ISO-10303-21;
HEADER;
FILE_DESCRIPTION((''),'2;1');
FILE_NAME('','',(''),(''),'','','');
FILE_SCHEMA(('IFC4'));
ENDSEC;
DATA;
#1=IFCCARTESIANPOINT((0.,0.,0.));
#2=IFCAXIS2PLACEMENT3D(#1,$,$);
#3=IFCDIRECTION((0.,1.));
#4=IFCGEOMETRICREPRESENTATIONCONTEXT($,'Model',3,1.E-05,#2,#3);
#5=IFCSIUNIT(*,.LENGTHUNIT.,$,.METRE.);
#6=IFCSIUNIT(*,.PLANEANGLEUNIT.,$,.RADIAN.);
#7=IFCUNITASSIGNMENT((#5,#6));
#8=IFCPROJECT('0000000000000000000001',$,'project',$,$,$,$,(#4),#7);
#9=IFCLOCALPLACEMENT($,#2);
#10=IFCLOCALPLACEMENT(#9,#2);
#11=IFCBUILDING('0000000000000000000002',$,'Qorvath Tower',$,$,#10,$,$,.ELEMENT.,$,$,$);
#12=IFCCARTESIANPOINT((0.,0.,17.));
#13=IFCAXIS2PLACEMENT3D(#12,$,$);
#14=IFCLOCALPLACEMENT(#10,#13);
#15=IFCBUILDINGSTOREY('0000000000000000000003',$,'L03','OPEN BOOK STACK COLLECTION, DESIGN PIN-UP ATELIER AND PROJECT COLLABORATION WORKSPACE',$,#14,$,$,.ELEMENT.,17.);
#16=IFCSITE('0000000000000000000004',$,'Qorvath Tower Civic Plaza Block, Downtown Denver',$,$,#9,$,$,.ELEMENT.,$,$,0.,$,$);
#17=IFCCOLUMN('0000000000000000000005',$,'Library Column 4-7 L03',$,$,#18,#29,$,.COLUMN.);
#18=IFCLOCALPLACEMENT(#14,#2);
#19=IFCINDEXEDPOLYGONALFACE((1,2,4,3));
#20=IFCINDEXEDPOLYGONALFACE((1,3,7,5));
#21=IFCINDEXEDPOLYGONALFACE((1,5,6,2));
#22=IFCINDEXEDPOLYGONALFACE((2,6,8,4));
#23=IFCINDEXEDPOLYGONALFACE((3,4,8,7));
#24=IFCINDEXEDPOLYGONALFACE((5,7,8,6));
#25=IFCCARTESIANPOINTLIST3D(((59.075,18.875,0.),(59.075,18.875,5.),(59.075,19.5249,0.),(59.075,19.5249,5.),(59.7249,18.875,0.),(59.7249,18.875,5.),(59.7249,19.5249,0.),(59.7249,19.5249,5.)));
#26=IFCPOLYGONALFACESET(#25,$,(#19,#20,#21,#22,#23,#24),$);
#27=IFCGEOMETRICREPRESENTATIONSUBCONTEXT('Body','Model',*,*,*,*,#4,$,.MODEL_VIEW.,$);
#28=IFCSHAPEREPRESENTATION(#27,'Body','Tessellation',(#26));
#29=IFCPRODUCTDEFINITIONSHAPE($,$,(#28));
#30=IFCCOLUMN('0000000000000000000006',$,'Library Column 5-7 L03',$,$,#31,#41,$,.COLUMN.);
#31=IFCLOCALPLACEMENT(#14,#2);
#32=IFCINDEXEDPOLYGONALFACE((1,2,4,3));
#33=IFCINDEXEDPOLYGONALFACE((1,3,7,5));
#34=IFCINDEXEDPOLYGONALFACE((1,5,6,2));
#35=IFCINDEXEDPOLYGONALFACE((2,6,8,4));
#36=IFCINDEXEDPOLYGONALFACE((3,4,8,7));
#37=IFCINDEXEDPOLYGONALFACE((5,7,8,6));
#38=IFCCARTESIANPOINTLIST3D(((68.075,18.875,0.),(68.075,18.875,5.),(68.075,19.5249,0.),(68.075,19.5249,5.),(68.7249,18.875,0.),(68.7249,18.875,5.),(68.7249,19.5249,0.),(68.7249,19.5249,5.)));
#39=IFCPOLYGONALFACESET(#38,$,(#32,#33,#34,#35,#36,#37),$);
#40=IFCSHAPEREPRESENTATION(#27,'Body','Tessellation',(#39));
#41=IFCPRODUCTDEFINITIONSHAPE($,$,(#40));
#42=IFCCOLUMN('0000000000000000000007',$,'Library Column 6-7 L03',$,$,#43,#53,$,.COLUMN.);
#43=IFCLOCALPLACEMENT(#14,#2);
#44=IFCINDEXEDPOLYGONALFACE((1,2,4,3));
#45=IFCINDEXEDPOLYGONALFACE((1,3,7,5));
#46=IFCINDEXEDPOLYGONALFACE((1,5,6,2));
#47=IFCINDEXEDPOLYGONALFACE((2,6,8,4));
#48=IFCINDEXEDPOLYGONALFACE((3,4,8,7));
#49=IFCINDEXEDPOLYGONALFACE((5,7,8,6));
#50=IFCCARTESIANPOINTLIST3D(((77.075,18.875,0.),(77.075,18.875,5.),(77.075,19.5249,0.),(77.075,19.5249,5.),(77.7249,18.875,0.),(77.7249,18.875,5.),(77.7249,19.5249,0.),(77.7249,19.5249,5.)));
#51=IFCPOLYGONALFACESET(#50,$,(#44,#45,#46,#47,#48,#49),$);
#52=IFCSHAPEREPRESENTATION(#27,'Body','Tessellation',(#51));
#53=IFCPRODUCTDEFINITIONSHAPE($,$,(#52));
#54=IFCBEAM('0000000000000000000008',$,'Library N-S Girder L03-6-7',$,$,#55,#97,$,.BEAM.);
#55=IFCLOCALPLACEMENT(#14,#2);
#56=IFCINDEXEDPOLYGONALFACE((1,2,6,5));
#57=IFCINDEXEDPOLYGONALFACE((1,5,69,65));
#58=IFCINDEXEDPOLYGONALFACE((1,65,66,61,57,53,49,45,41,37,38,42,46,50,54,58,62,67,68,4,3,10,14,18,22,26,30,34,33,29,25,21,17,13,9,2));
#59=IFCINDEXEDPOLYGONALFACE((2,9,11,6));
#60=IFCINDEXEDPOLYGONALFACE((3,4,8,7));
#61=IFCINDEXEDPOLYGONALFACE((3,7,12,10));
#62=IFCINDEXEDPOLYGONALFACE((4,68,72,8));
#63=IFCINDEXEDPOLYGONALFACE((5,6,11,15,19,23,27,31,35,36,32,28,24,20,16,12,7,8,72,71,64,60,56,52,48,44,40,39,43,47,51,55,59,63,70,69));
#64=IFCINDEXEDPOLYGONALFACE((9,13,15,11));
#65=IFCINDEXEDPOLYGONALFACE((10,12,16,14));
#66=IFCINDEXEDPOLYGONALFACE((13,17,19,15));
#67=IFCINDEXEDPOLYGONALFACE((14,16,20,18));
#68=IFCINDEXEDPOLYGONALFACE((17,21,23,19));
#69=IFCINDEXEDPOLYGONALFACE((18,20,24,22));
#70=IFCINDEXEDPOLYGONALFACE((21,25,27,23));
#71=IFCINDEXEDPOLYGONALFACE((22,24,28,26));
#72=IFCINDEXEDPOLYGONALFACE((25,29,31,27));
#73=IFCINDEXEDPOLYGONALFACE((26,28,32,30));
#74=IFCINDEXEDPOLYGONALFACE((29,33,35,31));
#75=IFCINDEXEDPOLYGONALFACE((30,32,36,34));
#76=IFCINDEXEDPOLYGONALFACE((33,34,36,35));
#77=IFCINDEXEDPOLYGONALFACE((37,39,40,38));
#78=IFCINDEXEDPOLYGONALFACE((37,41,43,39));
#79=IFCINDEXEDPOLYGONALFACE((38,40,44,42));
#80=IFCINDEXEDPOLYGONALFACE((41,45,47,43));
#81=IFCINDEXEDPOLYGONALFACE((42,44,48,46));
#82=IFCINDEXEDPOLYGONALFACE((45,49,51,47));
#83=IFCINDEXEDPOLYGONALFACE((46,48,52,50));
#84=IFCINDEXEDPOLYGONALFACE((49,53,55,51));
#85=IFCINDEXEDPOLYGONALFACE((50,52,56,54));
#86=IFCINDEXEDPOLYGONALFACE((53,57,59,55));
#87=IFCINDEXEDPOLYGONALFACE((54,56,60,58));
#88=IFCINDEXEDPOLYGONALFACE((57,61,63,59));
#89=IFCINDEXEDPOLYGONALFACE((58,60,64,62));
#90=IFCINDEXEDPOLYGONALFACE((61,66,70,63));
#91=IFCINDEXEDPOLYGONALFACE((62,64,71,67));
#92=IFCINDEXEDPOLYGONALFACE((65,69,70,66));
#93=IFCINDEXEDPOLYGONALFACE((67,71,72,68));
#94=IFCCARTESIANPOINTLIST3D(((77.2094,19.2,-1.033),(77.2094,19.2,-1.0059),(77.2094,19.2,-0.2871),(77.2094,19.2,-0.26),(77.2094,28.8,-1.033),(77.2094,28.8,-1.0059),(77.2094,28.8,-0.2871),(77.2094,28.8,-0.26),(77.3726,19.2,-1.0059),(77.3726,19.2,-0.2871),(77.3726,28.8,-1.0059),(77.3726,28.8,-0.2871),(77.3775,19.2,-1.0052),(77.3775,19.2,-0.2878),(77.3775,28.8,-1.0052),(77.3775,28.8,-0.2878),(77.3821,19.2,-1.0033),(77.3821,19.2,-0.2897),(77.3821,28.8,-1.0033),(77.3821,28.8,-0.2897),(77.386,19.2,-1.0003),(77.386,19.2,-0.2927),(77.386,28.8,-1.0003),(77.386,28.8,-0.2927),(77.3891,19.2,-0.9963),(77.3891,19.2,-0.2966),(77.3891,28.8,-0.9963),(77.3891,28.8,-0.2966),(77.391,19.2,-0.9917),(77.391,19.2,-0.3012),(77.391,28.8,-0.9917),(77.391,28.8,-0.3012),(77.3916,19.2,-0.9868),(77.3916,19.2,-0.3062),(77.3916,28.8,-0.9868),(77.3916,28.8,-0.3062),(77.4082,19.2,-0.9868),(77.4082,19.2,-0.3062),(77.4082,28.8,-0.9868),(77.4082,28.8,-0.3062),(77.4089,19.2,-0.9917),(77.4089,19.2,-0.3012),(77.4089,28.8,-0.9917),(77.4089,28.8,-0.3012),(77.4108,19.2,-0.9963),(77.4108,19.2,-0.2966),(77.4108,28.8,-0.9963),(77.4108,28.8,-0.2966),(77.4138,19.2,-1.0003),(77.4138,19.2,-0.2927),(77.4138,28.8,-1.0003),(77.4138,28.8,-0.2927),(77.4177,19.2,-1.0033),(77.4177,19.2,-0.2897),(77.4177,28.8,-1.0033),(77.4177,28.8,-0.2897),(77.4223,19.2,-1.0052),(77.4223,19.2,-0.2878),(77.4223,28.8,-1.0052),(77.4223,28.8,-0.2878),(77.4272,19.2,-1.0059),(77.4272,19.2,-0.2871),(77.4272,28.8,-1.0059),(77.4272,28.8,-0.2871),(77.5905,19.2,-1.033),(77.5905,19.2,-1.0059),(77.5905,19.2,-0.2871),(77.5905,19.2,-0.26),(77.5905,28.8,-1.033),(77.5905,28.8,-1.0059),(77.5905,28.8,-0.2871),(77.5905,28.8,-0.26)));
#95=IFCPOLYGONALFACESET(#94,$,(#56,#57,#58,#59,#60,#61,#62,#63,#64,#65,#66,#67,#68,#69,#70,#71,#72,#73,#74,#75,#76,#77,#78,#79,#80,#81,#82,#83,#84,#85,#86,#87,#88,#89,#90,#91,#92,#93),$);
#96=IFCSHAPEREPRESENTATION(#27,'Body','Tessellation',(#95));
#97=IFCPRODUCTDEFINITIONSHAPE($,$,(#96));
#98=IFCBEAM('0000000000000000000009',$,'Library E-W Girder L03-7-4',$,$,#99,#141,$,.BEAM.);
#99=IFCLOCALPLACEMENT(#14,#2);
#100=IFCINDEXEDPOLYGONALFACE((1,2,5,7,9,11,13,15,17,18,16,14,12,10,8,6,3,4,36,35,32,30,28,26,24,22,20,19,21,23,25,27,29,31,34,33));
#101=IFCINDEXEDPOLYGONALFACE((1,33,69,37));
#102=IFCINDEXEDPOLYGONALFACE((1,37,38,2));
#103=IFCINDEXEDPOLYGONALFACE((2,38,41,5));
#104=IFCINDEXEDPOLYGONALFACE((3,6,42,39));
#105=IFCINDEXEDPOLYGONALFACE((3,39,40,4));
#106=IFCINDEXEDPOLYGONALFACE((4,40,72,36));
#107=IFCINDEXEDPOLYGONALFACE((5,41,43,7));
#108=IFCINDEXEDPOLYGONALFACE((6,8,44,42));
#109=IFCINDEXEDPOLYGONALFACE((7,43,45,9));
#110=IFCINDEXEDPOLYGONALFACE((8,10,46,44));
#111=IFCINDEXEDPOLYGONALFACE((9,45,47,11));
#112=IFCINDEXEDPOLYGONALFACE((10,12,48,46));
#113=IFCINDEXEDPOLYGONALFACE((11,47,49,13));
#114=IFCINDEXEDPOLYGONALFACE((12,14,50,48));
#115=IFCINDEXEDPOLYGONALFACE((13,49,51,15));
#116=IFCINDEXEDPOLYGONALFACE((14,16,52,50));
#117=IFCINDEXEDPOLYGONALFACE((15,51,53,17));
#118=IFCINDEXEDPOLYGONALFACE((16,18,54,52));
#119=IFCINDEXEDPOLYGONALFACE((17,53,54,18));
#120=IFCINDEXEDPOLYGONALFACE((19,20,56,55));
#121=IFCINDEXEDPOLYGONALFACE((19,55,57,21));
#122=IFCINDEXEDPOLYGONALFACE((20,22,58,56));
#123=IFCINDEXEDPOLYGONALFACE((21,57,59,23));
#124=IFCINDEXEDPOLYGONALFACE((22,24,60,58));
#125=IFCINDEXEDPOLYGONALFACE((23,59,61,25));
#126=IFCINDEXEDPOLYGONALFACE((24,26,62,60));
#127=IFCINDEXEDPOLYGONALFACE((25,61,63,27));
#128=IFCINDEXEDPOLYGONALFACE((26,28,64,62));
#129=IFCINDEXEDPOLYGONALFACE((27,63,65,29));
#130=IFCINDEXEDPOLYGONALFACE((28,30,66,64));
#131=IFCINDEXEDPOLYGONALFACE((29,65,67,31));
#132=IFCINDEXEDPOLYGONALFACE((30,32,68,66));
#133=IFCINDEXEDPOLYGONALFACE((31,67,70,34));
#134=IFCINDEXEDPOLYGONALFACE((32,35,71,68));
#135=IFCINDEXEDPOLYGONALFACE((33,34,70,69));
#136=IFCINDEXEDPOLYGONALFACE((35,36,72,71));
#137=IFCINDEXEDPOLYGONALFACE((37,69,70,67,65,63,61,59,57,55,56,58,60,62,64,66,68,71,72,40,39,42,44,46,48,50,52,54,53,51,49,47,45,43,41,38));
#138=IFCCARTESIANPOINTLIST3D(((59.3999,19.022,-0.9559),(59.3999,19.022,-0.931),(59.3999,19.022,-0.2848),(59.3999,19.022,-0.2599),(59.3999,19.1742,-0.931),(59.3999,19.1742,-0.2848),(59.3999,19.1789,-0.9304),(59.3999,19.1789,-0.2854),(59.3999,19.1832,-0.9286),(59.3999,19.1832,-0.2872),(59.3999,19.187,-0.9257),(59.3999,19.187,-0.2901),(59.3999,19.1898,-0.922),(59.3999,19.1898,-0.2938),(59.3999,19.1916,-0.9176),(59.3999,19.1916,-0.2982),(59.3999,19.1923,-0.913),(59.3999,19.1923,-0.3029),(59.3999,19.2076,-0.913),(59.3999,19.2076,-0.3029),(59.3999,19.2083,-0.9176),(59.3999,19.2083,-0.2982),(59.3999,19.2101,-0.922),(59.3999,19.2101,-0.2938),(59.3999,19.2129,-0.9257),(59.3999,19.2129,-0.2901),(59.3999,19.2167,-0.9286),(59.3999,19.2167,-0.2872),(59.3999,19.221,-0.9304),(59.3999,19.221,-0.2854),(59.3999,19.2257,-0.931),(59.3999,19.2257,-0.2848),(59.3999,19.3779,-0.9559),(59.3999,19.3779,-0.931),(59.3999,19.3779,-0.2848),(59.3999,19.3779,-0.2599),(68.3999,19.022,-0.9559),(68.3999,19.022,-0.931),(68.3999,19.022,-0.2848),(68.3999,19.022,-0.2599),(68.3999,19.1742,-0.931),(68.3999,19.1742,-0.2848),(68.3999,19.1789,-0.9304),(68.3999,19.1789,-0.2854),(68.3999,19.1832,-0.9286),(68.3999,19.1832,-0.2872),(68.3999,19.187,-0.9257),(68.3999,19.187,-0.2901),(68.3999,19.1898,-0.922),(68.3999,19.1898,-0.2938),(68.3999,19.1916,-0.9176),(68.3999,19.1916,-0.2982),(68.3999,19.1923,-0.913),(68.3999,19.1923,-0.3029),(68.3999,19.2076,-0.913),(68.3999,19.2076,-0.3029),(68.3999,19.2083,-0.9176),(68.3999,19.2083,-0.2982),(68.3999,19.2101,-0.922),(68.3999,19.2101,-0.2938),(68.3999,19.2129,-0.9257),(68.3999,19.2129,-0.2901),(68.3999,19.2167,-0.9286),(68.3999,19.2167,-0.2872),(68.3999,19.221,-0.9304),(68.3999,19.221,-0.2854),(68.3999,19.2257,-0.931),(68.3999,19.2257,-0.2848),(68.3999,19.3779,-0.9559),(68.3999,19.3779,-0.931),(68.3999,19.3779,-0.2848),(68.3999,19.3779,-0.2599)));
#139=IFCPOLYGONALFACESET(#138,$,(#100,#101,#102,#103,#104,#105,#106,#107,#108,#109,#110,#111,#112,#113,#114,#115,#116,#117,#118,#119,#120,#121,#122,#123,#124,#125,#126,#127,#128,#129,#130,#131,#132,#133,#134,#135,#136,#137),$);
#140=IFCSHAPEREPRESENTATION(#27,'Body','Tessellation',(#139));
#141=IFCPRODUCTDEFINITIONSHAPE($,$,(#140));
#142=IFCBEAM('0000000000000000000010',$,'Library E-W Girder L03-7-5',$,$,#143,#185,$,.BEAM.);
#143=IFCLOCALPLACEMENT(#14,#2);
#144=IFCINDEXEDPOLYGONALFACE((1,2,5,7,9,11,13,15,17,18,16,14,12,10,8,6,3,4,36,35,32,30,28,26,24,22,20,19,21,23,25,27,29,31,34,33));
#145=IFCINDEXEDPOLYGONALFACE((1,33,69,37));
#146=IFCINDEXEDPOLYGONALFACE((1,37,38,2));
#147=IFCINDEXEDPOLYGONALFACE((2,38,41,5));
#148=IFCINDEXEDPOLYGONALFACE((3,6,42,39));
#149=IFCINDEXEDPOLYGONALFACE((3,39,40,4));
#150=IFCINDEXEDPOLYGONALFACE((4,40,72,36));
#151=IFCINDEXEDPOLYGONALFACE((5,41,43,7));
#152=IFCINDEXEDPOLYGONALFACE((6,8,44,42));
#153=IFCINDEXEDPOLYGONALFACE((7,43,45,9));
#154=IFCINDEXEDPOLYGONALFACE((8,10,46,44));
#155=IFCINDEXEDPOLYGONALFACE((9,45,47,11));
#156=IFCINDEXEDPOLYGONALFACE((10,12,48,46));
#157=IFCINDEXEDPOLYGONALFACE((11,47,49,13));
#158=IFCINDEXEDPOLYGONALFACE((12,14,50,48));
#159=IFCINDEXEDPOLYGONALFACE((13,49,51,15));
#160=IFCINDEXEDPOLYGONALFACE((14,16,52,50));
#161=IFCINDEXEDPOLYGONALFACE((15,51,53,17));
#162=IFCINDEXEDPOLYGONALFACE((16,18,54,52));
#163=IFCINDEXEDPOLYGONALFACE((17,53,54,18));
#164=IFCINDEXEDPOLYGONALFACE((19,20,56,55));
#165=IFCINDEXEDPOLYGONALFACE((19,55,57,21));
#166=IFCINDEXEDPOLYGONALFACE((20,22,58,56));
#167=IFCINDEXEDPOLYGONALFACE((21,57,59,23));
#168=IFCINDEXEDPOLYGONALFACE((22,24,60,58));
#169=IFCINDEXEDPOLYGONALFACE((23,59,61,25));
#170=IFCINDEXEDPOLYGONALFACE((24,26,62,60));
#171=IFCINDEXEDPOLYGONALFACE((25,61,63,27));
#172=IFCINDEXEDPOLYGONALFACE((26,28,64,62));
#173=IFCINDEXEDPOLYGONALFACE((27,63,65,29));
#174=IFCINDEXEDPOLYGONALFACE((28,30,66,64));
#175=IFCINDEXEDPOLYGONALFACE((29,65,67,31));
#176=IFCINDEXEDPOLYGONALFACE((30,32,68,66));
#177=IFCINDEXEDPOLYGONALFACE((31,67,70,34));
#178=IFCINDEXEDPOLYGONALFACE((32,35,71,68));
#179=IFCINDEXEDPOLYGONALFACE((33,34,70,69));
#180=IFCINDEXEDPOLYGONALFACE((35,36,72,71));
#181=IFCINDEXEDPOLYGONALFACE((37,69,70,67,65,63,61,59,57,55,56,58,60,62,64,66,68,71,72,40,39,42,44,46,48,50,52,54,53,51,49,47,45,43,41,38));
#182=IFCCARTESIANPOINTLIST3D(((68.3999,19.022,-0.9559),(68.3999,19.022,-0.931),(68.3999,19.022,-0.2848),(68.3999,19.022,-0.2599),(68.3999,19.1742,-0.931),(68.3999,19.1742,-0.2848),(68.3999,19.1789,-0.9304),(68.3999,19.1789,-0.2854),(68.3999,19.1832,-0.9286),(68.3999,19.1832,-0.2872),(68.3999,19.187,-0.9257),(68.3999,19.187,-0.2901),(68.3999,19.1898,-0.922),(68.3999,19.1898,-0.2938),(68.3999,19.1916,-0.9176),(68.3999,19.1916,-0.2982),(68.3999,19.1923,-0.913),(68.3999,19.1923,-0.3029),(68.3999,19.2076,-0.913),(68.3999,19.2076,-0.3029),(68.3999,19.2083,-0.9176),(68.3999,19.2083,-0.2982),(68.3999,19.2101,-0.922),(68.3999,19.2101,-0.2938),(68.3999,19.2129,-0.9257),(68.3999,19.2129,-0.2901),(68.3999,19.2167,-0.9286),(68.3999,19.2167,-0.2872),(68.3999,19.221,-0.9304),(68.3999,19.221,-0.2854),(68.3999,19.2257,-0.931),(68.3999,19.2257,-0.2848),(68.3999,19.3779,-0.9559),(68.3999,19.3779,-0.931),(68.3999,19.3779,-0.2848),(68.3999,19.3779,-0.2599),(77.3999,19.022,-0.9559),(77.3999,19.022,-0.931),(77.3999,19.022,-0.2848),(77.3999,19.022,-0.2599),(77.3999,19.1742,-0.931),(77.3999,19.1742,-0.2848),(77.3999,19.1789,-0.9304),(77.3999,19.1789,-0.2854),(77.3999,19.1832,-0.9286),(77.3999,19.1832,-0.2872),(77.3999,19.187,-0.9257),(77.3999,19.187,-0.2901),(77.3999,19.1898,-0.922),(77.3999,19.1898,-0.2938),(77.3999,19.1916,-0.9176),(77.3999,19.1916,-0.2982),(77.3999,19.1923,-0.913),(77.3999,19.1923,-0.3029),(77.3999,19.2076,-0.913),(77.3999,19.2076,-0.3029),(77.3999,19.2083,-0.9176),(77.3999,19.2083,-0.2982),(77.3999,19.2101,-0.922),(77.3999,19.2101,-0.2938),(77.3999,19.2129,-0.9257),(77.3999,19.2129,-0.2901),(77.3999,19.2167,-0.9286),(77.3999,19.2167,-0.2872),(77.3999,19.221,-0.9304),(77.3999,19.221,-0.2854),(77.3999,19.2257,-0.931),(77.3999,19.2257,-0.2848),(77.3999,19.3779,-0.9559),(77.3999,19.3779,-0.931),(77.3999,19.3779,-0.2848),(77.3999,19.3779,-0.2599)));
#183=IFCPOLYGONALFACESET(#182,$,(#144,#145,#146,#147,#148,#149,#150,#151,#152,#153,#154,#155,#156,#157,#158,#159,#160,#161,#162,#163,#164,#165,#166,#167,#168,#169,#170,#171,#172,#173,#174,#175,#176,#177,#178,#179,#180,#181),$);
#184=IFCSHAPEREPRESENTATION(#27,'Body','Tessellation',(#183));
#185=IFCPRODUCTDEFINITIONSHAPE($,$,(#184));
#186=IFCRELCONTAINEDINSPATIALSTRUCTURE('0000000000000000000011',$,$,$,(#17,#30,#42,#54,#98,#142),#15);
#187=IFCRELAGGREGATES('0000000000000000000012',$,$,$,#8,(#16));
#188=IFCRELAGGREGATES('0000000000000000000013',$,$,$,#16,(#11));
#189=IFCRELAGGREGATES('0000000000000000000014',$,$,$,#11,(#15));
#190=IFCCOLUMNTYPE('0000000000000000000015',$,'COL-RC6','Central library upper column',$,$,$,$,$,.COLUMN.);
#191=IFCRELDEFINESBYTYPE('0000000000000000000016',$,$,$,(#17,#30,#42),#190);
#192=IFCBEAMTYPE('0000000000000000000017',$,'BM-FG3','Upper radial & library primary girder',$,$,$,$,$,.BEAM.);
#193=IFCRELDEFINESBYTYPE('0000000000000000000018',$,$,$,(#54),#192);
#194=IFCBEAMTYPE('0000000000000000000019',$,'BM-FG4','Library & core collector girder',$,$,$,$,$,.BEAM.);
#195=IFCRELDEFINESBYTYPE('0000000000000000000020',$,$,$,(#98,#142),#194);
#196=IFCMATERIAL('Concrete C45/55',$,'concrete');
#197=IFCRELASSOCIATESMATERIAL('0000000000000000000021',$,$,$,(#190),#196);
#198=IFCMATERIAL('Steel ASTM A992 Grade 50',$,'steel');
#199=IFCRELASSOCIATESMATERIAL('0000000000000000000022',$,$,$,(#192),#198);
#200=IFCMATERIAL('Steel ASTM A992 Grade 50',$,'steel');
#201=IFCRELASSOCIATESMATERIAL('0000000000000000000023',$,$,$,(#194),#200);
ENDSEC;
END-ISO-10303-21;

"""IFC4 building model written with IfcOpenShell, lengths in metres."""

from ifc_helpers import new_model, si_unit, direction, frame, origin, origin_2d, place, context, subcontext, project, spatial, rectangle, i_section, extrude, material, material_profile, profile_set, type_object, element, save


model = new_model("IFC4")

# Units and contexts
model_context = context("Model", 3, precision=1e-05, world=origin(), true_north=direction((0.0, 1.0)))
body_context = subcontext(model_context, "Body", "Model", "MODEL_VIEW")
ifc_project = project(units=[si_unit("LENGTHUNIT", "METRE"), si_unit("PLANEANGLEUNIT", "RADIAN")], contexts=[model_context])

# Site, building, storey
site_placement = place(None, origin())
site = spatial("IfcSite", under=ifc_project, at=site_placement, Name="Qorvath Tower Civic Plaza Block, Downtown Denver", CompositionType="ELEMENT", RefElevation=0.0)
building_placement = place(site_placement, origin())
building = spatial("IfcBuilding", under=site, at=building_placement, Name="Qorvath Tower", CompositionType="ELEMENT")
storey_placement = place(building_placement, frame((0.0, 0.0, 17.0)))
storey = spatial("IfcBuildingStorey", under=building, at=storey_placement, Name="L03", Description="OPEN BOOK STACK COLLECTION, DESIGN PIN-UP ATELIER AND PROJECT COLLABORATION WORKSPACE", CompositionType="ELEMENT", Elevation=17.0)

# Columns
ifc_material_1 = material(Name="Concrete C45/55", Category="concrete")
ifc_material_profile_1 = material_profile(ifc_material_1, rectangle(XDim=0.6499, YDim=0.6499, at=origin_2d()), Name="RC 650x650")
ifc_profile_set_1 = profile_set([ifc_material_profile_1], Name="Concrete C45/55")
column_type = type_object("IfcColumnType", Name="COL-RC6", Description="Central library upper column", PredefinedType="COLUMN", material=ifc_profile_set_1)
for number, where, z_axis, x_axis, name in (
    (1, (59.3999, 19.2, 0.0), (0.0, 0.0, 1.0), (1.0, 0.0, 0.0), "Library Column 4-7 L03"),
    (2, (68.3999, 19.2, 0.0), (0.0, 0.0, 1.0), (1.0, 0.0, 0.0), "Library Column 5-7 L03"),
    (3, (77.3999, 19.2, 0.0), (0.0, 0.0, 1.0), (1.0, 0.0, 0.0), "Library Column 6-7 L03"),
):
    element("IfcColumn", number, at=place(storey_placement, frame(where, z_axis=z_axis, x_axis=x_axis)), inside=storey, type_object=column_type, Name=name, PredefinedType="COLUMN", context=body_context, shape_type="SweptSolid", body=[
        extrude(rectangle(XDim=0.6499, YDim=0.6499, at=origin_2d()), origin(), (0.0, 0.0, 1.0), 5.0),
    ])

# Beams
ifc_material_2 = material(Name="Steel ASTM A992 Grade 50", Category="steel")
ifc_material_profile_2 = material_profile(ifc_material_2, i_section(OverallWidth=0.3811, OverallDepth=0.7729, WebThickness=0.0166, FlangeThickness=0.0271, FilletRadius=0.019, at=origin_2d()), Name="W30x173")
ifc_profile_set_2 = profile_set([ifc_material_profile_2], Name="Steel ASTM A992 Grade 50")
beam_type_1 = type_object("IfcBeamType", Name="BM-FG3", Description="Upper radial & library primary girder", PredefinedType="BEAM", material=ifc_profile_set_2)
beam_1_placement = place(storey_placement, frame((77.3999, 19.2, -0.6465), z_axis=(0.0, 1.0, 0.0), x_axis=(-1.0, 0.0, 0.0)))
element("IfcBeam", 4, at=beam_1_placement, inside=storey, type_object=beam_type_1, Name="Library N-S Girder L03-6-7", PredefinedType="BEAM", context=body_context, shape_type="SweptSolid", body=[
    extrude(i_section(OverallWidth=0.3811, OverallDepth=0.7729, WebThickness=0.0166, FlangeThickness=0.0271, FilletRadius=0.019, at=origin_2d()), origin(), (0.0, 0.0, 1.0), 9.6001),
])
ifc_material_3 = material(Name="Steel ASTM A992 Grade 50", Category="steel")
ifc_material_profile_3 = material_profile(ifc_material_3, i_section(OverallWidth=0.356, OverallDepth=0.696, WebThickness=0.0154, FlangeThickness=0.0249, FilletRadius=0.0181, at=origin_2d()), Name="W27x146")
ifc_profile_set_3 = profile_set([ifc_material_profile_3], Name="Steel ASTM A992 Grade 50")
beam_type_2 = type_object("IfcBeamType", Name="BM-FG4", Description="Library & core collector girder", PredefinedType="BEAM", material=ifc_profile_set_3)
for number, where, z_axis, x_axis, name in (
    (5, (59.3999, 19.2, -0.6079), (1.0, 0.0, 0.0), (0.0, 1.0, 0.0), "Library E-W Girder L03-7-4"),
    (6, (68.3999, 19.2, -0.6079), (1.0, 0.0, 0.0), (0.0, 1.0, 0.0), "Library E-W Girder L03-7-5"),
):
    element("IfcBeam", number, at=place(storey_placement, frame(where, z_axis=z_axis, x_axis=x_axis)), inside=storey, type_object=beam_type_2, Name=name, PredefinedType="BEAM", context=body_context, shape_type="SweptSolid", body=[
        extrude(i_section(OverallWidth=0.356, OverallDepth=0.696, WebThickness=0.0154, FlangeThickness=0.0249, FilletRadius=0.0181, at=origin_2d()), origin(), (0.0, 0.0, 1.0), 9.0),
    ])

save(model, "model.ifc")
